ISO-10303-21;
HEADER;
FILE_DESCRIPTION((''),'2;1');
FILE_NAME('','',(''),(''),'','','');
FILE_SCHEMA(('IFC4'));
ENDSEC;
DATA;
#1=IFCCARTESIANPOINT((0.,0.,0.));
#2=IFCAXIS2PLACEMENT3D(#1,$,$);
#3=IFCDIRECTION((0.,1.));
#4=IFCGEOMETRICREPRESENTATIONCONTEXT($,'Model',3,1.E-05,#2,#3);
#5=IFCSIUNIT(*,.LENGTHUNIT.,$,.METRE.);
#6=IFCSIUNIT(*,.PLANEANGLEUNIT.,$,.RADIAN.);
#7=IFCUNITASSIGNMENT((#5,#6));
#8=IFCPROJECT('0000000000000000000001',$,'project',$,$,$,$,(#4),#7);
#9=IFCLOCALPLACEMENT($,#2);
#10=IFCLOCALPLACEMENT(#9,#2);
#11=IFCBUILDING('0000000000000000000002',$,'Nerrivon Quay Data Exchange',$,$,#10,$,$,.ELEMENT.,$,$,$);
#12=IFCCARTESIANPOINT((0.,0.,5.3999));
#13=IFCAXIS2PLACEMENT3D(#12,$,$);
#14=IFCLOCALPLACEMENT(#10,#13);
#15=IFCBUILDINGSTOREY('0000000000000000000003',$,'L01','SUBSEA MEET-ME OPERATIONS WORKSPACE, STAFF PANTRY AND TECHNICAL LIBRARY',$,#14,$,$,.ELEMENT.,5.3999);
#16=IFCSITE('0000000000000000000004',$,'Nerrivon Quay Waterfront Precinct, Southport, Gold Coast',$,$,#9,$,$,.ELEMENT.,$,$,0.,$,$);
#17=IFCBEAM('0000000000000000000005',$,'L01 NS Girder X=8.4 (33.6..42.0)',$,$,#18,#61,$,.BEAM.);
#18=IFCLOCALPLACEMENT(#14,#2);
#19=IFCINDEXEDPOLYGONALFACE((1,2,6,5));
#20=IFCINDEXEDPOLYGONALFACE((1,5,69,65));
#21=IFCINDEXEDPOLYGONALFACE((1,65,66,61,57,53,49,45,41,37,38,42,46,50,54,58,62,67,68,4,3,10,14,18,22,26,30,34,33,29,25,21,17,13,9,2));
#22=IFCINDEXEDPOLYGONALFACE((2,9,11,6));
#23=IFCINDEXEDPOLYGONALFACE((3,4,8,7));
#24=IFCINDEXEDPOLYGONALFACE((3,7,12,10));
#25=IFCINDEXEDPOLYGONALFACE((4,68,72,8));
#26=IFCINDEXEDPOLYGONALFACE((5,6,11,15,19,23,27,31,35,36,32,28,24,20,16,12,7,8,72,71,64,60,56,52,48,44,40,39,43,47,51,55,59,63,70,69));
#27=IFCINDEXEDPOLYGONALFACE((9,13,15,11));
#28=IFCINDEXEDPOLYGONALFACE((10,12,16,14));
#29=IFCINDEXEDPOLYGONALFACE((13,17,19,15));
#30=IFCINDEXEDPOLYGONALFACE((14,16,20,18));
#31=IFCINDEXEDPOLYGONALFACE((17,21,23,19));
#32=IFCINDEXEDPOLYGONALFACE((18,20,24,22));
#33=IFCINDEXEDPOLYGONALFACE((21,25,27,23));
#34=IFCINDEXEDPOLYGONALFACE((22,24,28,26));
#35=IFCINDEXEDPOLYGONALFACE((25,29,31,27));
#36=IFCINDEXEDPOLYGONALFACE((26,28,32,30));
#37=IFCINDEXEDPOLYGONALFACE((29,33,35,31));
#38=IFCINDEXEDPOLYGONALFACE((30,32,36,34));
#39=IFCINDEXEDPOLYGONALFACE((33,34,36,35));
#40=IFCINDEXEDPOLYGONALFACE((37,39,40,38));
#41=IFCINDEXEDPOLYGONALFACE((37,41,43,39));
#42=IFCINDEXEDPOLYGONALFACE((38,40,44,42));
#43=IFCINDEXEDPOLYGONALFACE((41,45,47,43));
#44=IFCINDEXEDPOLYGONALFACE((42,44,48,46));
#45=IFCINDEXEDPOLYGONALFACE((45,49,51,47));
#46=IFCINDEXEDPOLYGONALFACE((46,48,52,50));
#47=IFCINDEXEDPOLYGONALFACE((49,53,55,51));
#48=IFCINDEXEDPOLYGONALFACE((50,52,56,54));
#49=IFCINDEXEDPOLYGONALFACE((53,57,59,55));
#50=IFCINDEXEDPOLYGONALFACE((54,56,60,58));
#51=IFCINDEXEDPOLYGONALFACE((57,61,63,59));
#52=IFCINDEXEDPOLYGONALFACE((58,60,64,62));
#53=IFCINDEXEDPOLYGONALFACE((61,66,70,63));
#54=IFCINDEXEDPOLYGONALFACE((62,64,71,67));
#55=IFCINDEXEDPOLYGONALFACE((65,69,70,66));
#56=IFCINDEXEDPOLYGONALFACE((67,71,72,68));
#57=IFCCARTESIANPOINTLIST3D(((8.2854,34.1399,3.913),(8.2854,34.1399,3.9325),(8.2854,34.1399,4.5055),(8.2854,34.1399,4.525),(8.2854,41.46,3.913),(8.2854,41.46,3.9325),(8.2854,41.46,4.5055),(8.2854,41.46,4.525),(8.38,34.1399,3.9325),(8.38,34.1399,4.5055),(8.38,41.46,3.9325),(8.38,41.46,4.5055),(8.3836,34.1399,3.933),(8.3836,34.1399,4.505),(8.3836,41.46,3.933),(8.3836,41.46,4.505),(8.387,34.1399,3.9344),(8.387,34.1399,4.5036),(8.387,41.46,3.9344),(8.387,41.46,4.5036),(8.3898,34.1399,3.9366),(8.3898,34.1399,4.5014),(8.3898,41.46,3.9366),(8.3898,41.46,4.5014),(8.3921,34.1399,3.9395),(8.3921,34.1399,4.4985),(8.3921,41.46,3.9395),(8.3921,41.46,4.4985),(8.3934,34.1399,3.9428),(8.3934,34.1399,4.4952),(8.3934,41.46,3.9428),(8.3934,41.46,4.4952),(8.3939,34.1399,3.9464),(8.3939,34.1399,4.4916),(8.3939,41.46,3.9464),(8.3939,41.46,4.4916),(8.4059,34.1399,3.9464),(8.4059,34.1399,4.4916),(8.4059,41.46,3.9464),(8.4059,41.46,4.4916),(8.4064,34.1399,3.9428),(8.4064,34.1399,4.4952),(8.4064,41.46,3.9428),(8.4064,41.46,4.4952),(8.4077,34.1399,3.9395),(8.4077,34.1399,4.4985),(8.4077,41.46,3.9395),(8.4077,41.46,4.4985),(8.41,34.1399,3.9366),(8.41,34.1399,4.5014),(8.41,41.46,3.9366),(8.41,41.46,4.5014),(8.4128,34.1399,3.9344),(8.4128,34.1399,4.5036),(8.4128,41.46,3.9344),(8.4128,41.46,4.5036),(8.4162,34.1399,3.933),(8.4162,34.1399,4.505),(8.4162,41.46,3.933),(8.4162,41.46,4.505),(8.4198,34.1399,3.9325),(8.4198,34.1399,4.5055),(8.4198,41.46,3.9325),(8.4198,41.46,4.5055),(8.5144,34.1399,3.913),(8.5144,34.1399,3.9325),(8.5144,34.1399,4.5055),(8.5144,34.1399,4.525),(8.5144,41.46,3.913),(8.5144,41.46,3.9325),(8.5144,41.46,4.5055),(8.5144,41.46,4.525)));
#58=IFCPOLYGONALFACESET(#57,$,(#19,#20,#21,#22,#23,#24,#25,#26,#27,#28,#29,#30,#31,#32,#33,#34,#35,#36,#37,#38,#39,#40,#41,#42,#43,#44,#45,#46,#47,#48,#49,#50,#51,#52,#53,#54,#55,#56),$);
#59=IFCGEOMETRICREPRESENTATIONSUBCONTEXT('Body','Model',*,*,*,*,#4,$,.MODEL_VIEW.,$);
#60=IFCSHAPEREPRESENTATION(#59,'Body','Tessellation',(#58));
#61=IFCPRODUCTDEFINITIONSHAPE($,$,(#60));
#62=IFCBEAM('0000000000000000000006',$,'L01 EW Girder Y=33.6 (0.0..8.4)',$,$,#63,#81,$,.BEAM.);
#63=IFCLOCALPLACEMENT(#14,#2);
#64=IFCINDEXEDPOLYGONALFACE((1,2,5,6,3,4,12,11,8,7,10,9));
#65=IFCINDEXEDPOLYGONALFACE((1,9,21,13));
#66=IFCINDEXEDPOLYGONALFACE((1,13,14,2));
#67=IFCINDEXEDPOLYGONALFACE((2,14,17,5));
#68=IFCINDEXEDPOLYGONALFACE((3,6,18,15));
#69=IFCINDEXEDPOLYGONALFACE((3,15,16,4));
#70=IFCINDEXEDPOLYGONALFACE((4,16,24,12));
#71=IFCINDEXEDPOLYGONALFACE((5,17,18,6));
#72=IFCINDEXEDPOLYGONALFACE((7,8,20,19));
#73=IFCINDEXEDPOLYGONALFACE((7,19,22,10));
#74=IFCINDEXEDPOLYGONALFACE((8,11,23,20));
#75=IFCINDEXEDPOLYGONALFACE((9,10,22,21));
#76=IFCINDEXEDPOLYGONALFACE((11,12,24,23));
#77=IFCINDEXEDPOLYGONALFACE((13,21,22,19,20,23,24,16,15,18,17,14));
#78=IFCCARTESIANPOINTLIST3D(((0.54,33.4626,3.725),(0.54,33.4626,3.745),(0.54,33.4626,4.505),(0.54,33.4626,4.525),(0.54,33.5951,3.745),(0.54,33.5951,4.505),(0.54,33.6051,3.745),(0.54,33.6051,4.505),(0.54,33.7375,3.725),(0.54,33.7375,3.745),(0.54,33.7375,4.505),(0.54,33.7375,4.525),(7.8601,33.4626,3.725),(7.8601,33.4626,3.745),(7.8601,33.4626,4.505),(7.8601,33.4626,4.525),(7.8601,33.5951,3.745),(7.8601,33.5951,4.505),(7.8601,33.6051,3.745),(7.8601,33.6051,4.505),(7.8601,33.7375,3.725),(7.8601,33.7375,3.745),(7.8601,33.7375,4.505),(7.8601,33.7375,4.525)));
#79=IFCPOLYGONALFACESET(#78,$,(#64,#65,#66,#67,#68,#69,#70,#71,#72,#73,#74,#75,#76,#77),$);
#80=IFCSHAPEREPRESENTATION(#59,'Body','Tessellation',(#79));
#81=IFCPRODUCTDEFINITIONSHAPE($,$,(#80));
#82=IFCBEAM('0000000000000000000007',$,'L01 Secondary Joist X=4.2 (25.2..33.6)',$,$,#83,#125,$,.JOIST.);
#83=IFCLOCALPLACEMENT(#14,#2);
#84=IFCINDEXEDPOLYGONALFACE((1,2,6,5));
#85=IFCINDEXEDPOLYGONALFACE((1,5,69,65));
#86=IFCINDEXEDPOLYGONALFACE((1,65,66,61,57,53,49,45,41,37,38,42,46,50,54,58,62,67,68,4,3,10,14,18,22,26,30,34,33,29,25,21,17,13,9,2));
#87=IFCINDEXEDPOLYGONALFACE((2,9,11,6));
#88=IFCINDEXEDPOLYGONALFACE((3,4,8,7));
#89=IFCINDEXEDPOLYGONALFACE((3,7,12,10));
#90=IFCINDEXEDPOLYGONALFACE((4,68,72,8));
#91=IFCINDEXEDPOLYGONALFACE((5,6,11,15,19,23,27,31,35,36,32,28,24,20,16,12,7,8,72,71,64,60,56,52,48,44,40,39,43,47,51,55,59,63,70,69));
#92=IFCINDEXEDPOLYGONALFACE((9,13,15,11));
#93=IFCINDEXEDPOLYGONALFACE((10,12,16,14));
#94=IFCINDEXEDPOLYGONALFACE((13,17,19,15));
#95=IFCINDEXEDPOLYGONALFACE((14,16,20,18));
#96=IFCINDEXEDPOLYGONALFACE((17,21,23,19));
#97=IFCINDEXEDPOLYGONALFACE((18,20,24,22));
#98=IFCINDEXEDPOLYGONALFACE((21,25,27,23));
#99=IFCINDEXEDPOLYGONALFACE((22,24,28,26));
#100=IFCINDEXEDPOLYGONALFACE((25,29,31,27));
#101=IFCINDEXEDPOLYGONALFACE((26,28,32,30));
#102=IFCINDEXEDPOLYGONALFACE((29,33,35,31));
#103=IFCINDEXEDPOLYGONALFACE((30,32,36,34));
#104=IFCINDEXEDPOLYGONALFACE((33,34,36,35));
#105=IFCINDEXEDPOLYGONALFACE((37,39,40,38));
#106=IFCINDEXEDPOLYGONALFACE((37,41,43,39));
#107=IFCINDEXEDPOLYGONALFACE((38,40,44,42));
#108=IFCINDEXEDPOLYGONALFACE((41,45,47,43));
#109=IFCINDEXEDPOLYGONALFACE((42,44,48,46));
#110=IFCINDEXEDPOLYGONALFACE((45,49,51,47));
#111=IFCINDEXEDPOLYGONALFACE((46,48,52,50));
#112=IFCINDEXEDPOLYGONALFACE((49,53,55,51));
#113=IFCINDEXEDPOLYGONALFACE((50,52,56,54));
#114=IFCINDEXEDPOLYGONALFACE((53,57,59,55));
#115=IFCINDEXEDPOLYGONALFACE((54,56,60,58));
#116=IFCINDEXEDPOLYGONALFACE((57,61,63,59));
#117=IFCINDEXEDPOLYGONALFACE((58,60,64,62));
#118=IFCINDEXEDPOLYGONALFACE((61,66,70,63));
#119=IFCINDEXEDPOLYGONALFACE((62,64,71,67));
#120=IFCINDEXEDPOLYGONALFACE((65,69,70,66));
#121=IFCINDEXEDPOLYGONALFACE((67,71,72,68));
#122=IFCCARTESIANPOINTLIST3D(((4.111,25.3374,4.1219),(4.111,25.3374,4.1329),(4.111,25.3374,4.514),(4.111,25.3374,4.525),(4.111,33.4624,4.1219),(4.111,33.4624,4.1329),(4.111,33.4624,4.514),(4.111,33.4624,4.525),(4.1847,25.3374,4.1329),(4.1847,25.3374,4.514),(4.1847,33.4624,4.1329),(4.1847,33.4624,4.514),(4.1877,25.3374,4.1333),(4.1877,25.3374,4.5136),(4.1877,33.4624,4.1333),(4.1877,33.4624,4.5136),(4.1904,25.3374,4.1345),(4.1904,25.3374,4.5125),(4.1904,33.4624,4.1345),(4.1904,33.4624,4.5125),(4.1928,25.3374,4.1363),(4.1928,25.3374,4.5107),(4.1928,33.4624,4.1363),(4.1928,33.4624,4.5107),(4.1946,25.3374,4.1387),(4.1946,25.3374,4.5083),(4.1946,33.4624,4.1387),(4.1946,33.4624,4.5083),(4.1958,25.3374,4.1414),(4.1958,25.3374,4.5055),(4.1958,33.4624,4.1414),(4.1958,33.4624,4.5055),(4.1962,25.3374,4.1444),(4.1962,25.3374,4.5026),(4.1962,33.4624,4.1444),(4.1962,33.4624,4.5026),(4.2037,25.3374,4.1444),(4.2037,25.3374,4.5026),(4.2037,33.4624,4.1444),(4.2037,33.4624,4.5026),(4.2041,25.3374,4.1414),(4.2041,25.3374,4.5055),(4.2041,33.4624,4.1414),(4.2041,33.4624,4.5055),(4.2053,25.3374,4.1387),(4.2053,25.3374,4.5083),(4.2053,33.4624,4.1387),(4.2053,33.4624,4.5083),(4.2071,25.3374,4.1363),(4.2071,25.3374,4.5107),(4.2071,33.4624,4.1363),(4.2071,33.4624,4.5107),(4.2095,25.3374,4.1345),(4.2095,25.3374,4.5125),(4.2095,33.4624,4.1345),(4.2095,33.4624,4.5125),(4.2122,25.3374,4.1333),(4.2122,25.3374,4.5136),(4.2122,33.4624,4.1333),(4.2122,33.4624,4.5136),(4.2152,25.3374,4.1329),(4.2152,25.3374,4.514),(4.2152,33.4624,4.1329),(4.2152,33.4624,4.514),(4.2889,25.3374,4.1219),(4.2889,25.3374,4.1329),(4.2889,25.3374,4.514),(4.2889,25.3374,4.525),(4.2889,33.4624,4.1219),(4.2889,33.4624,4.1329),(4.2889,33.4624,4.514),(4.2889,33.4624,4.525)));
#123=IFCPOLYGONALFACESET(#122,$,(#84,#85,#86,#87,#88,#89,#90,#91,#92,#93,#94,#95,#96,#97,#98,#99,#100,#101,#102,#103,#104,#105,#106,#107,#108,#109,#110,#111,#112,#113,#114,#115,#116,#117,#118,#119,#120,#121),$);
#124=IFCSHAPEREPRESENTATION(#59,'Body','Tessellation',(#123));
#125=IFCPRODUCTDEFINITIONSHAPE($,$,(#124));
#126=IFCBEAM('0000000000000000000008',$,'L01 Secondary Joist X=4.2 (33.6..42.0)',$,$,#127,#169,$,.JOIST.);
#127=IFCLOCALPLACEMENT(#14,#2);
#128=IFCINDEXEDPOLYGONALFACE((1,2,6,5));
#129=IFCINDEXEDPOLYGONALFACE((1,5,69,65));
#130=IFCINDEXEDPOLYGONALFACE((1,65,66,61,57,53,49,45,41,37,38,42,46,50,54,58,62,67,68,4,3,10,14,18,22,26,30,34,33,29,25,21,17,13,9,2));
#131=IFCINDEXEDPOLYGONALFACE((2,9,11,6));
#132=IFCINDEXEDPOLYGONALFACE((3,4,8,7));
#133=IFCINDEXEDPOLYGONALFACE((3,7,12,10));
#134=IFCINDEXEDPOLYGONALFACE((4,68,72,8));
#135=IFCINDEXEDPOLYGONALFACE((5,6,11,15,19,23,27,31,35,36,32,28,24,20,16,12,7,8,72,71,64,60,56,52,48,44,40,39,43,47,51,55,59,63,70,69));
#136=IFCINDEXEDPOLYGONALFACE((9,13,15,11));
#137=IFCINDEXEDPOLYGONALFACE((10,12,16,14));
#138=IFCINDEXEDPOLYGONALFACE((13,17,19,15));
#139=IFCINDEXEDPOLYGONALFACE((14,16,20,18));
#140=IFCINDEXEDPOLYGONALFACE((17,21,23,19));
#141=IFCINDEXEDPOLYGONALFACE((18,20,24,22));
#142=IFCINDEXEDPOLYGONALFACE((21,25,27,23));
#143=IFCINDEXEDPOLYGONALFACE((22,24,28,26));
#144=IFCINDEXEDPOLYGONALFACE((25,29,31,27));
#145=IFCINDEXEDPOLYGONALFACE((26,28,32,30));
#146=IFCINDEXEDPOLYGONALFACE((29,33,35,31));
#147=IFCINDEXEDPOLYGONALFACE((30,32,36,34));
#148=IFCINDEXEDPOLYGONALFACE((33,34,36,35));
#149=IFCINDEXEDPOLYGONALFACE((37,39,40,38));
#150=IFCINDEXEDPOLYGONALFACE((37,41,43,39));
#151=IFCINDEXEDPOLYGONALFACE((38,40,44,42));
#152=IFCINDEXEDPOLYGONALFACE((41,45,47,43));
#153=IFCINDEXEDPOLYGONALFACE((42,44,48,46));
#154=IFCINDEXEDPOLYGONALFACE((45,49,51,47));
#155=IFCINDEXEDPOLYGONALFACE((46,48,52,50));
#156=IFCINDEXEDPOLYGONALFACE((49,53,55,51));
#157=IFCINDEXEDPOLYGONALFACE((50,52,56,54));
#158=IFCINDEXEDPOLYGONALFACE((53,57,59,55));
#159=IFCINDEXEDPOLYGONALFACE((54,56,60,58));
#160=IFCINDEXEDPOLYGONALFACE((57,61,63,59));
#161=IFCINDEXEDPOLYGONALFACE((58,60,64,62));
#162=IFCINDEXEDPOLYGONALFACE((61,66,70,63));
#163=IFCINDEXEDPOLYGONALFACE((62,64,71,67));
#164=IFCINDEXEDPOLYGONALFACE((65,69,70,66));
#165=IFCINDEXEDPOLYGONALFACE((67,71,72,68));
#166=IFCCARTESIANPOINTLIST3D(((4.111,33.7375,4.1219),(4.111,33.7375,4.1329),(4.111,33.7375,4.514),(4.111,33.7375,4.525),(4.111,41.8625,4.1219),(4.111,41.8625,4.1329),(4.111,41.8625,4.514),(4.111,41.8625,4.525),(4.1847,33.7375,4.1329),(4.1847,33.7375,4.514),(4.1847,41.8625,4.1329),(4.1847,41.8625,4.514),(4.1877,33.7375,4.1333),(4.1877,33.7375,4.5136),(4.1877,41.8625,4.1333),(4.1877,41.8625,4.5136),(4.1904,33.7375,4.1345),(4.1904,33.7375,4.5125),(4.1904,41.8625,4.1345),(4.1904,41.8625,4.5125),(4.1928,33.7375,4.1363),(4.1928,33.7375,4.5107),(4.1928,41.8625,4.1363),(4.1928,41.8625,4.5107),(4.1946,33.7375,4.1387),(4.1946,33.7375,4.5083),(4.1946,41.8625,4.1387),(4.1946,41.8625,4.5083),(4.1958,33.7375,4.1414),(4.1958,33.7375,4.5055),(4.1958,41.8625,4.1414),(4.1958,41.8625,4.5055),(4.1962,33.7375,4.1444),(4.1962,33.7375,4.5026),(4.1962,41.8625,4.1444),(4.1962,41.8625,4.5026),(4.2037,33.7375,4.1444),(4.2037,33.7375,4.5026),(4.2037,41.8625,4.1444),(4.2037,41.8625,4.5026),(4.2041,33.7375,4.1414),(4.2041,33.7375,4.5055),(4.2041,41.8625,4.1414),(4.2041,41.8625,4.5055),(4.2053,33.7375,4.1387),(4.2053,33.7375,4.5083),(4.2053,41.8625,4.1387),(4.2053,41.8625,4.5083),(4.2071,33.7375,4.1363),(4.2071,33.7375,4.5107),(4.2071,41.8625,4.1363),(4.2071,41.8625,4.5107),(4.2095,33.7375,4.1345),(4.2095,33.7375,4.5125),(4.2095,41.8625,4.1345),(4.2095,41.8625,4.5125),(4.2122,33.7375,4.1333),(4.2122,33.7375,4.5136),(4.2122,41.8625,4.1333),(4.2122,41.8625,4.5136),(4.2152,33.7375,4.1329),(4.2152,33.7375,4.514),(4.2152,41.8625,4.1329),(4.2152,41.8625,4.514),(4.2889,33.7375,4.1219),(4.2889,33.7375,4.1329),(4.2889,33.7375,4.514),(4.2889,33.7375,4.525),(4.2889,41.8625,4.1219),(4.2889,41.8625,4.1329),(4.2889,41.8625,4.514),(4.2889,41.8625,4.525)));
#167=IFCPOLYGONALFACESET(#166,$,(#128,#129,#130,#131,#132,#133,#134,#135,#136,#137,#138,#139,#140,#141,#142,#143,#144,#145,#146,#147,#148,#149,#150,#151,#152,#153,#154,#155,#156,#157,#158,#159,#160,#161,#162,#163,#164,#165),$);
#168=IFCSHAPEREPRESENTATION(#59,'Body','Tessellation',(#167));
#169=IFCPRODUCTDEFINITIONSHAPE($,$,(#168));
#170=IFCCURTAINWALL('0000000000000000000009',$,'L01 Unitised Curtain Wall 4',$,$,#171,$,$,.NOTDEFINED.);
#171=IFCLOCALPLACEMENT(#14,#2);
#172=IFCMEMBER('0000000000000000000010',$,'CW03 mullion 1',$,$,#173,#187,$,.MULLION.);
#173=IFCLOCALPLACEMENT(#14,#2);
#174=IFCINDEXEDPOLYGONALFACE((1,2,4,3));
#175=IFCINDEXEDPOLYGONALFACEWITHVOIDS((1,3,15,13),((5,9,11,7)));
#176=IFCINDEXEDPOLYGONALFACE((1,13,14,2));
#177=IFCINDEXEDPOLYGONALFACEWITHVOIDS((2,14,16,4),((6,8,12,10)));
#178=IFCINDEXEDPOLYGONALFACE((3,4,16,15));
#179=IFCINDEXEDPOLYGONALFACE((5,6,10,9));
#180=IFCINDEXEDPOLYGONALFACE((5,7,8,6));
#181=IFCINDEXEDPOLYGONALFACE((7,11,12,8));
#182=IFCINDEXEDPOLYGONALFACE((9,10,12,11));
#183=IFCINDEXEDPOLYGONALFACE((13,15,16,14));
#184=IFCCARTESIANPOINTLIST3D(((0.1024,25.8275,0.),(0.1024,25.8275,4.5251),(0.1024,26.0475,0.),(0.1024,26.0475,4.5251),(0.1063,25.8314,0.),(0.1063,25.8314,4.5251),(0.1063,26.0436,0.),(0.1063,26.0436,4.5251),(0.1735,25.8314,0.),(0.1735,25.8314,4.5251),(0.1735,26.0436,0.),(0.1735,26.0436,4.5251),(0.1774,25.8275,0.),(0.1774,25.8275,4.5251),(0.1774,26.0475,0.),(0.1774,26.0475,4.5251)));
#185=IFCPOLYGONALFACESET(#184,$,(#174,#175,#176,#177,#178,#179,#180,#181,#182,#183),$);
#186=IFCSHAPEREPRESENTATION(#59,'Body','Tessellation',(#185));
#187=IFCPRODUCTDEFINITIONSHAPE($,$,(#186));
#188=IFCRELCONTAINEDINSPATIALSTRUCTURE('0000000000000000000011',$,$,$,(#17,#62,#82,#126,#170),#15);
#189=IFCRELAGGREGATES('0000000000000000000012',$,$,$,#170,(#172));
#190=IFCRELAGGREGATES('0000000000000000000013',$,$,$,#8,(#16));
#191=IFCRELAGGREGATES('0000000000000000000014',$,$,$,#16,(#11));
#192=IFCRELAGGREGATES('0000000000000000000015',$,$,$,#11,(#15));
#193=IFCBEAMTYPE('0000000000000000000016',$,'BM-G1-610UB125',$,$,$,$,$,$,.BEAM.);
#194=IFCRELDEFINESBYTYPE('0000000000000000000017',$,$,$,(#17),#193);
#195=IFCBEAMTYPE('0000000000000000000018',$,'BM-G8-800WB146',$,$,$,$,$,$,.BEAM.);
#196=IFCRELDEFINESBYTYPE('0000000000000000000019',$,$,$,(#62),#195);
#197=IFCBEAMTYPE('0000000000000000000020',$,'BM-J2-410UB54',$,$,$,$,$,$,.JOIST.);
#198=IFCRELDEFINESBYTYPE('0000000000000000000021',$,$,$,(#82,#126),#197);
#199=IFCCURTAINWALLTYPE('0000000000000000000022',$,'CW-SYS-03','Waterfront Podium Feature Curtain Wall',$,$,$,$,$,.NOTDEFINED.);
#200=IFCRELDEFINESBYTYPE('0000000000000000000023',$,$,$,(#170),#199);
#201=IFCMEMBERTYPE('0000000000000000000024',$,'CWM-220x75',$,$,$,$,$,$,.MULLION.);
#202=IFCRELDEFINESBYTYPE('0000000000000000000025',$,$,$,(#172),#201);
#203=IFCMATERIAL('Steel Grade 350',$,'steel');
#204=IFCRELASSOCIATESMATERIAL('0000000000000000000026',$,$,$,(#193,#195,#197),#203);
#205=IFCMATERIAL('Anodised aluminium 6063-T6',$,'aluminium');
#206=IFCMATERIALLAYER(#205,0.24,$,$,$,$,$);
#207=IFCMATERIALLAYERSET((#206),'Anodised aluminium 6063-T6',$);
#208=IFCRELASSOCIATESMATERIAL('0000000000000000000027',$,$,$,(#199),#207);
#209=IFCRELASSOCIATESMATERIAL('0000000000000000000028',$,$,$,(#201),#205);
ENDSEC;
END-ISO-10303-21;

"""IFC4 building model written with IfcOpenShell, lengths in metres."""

from ifc_helpers import new_model, si_unit, direction, frame, origin, origin_2d, place, context, subcontext, project, spatial, hollow_rectangle, i_section, extrude, material, layer, layer_set, material_profile, profile_set, type_object, element, aggregate, save


model = new_model("IFC4")

# Units and contexts
model_context = context("Model", 3, precision=1e-05, world=origin(), true_north=direction((0.0, 1.0)))
body_context = subcontext(model_context, "Body", "Model", "MODEL_VIEW")
ifc_project = project(units=[si_unit("LENGTHUNIT", "METRE"), si_unit("PLANEANGLEUNIT", "RADIAN")], contexts=[model_context])

# Site, building, storey
site_placement = place(None, origin())
site = spatial("IfcSite", under=ifc_project, at=site_placement, Name="Nerrivon Quay Waterfront Precinct, Southport, Gold Coast", CompositionType="ELEMENT", RefElevation=0.0)
building_placement = place(site_placement, origin())
building = spatial("IfcBuilding", under=site, at=building_placement, Name="Nerrivon Quay Data Exchange", CompositionType="ELEMENT")
storey_placement = place(building_placement, frame((0.0, 0.0, 5.3999)))
storey = spatial("IfcBuildingStorey", under=building, at=storey_placement, Name="L01", Description="SUBSEA MEET-ME OPERATIONS WORKSPACE, STAFF PANTRY AND TECHNICAL LIBRARY", CompositionType="ELEMENT", Elevation=5.3999)

# Beams
ifc_material_1 = material(Name="Steel Grade 350", Category="steel")
ifc_material_profile_1 = material_profile(ifc_material_1, i_section(OverallWidth=0.229, OverallDepth=0.6121, WebThickness=0.012, FlangeThickness=0.0195, FilletRadius=0.0139, at=origin_2d()), Name="610UB125")
ifc_profile_set_1 = profile_set([ifc_material_profile_1], Name="Steel Grade 350")
beam_type_1 = type_object("IfcBeamType", Name="BM-G1-610UB125", PredefinedType="BEAM", material=ifc_profile_set_1)
for number, where, z_axis, x_axis, name in (
    (1, (8.3999, 34.1399, 4.219), (0.0, 1.0, 0.0), (-1.0, 0.0, 0.0), "L01 NS Girder X=8.4 (33.6..42.0)"),
):
    element("IfcBeam", number, at=place(storey_placement, frame(where, z_axis=z_axis, x_axis=x_axis)), inside=storey, type_object=beam_type_1, Name=name, PredefinedType="BEAM", context=body_context, shape_type="SweptSolid", body=[
        extrude(i_section(OverallWidth=0.229, OverallDepth=0.6121, WebThickness=0.012, FlangeThickness=0.0195, FilletRadius=0.0139, at=origin_2d()), origin(), (0.0, 0.0, 1.0), 7.3201),
    ])
ifc_material_profile_2 = material_profile(ifc_material_1, i_section(OverallWidth=0.2749, OverallDepth=0.8, WebThickness=0.01, FlangeThickness=0.02, at=origin_2d()), Name="800WB146")
ifc_profile_set_2 = profile_set([ifc_material_profile_2], Name="Steel Grade 350")
beam_type_2 = type_object("IfcBeamType", Name="BM-G8-800WB146", PredefinedType="BEAM", material=ifc_profile_set_2)
beam_placement = place(storey_placement, frame((0.54, 33.6001, 4.125), z_axis=(1.0, 0.0, 0.0), x_axis=(0.0, 1.0, 0.0)))
element("IfcBeam", 2, at=beam_placement, inside=storey, type_object=beam_type_2, Name="L01 EW Girder Y=33.6 (0.0..8.4)", PredefinedType="BEAM", context=body_context, shape_type="SweptSolid", body=[
    extrude(i_section(OverallWidth=0.2749, OverallDepth=0.8, WebThickness=0.01, FlangeThickness=0.02, at=origin_2d()), origin(), (0.0, 0.0, 1.0), 7.3201),
])
ifc_material_profile_3 = material_profile(ifc_material_1, i_section(OverallWidth=0.178, OverallDepth=0.4031, WebThickness=0.0076, FlangeThickness=0.011, FilletRadius=0.0115, at=origin_2d()), Name="410UB53.7")
ifc_profile_set_3 = profile_set([ifc_material_profile_3], Name="Steel Grade 350")
beam_type_3 = type_object("IfcBeamType", Name="BM-J2-410UB54", PredefinedType="JOIST", material=ifc_profile_set_3)
for number, where, z_axis, x_axis, name in (
    (3, (4.2, 25.3374, 4.3235), (0.0, 1.0, 0.0), (-1.0, 0.0, 0.0), "L01 Secondary Joist X=4.2 (25.2..33.6)"),
    (4, (4.2, 33.7375, 4.3235), (0.0, 1.0, 0.0), (-1.0, 0.0, 0.0), "L01 Secondary Joist X=4.2 (33.6..42.0)"),
):
    element("IfcBeam", number, at=place(storey_placement, frame(where, z_axis=z_axis, x_axis=x_axis)), inside=storey, type_object=beam_type_3, Name=name, PredefinedType="JOIST", context=body_context, shape_type="SweptSolid", body=[
        extrude(i_section(OverallWidth=0.178, OverallDepth=0.4031, WebThickness=0.0076, FlangeThickness=0.011, FilletRadius=0.0115, at=origin_2d()), origin(), (0.0, 0.0, 1.0), 8.125),
    ])

# Curtain wall, member
ifc_material_2 = material(Name="Anodised aluminium 6063-T6", Category="aluminium")
ifc_layer_1 = layer(ifc_material_2, 0.24)
ifc_layer_set_1 = layer_set([ifc_layer_1], Name="Anodised aluminium 6063-T6")
curtain_wall_type = type_object("IfcCurtainWallType", Name="CW-SYS-03", Description="Waterfront Podium Feature Curtain Wall", PredefinedType="NOTDEFINED", material=ifc_layer_set_1)
curtain_wall_1_placement = place(storey_placement, origin())
curtain_wall_1 = element("IfcCurtainWall", 5, at=curtain_wall_1_placement, inside=storey, type_object=curtain_wall_type, Name="L01 Unitised Curtain Wall 4", PredefinedType="NOTDEFINED")
ifc_material_profile_4 = material_profile(ifc_material_2, hollow_rectangle(XDim=0.075, YDim=0.22, WallThickness=0.0039, at=origin_2d()), Name="ALU-MULL-220x75")
ifc_profile_set_4 = profile_set([ifc_material_profile_4], Name="Anodised aluminium 6063-T6")
member_type_1 = type_object("IfcMemberType", Name="CWM-220x75", PredefinedType="MULLION", material=ifc_profile_set_4)
member_1_placement = place(storey_placement, frame((0.1399, 25.9375, 0.0), z_axis=(0.0, 0.0, 1.0), x_axis=(-1.0, 0.0, 0.0)))
member_1 = element("IfcMember", 6, at=member_1_placement, type_object=member_type_1, Name="CW03 mullion 1", PredefinedType="MULLION", context=body_context, shape_type="SweptSolid", body=[
    extrude(hollow_rectangle(XDim=0.075, YDim=0.22, WallThickness=0.0039, at=origin_2d()), origin(), (0.0, 0.0, 1.0), 4.5251),
])

aggregate(curtain_wall_1, [member_1])

save(model, "model.ifc")
